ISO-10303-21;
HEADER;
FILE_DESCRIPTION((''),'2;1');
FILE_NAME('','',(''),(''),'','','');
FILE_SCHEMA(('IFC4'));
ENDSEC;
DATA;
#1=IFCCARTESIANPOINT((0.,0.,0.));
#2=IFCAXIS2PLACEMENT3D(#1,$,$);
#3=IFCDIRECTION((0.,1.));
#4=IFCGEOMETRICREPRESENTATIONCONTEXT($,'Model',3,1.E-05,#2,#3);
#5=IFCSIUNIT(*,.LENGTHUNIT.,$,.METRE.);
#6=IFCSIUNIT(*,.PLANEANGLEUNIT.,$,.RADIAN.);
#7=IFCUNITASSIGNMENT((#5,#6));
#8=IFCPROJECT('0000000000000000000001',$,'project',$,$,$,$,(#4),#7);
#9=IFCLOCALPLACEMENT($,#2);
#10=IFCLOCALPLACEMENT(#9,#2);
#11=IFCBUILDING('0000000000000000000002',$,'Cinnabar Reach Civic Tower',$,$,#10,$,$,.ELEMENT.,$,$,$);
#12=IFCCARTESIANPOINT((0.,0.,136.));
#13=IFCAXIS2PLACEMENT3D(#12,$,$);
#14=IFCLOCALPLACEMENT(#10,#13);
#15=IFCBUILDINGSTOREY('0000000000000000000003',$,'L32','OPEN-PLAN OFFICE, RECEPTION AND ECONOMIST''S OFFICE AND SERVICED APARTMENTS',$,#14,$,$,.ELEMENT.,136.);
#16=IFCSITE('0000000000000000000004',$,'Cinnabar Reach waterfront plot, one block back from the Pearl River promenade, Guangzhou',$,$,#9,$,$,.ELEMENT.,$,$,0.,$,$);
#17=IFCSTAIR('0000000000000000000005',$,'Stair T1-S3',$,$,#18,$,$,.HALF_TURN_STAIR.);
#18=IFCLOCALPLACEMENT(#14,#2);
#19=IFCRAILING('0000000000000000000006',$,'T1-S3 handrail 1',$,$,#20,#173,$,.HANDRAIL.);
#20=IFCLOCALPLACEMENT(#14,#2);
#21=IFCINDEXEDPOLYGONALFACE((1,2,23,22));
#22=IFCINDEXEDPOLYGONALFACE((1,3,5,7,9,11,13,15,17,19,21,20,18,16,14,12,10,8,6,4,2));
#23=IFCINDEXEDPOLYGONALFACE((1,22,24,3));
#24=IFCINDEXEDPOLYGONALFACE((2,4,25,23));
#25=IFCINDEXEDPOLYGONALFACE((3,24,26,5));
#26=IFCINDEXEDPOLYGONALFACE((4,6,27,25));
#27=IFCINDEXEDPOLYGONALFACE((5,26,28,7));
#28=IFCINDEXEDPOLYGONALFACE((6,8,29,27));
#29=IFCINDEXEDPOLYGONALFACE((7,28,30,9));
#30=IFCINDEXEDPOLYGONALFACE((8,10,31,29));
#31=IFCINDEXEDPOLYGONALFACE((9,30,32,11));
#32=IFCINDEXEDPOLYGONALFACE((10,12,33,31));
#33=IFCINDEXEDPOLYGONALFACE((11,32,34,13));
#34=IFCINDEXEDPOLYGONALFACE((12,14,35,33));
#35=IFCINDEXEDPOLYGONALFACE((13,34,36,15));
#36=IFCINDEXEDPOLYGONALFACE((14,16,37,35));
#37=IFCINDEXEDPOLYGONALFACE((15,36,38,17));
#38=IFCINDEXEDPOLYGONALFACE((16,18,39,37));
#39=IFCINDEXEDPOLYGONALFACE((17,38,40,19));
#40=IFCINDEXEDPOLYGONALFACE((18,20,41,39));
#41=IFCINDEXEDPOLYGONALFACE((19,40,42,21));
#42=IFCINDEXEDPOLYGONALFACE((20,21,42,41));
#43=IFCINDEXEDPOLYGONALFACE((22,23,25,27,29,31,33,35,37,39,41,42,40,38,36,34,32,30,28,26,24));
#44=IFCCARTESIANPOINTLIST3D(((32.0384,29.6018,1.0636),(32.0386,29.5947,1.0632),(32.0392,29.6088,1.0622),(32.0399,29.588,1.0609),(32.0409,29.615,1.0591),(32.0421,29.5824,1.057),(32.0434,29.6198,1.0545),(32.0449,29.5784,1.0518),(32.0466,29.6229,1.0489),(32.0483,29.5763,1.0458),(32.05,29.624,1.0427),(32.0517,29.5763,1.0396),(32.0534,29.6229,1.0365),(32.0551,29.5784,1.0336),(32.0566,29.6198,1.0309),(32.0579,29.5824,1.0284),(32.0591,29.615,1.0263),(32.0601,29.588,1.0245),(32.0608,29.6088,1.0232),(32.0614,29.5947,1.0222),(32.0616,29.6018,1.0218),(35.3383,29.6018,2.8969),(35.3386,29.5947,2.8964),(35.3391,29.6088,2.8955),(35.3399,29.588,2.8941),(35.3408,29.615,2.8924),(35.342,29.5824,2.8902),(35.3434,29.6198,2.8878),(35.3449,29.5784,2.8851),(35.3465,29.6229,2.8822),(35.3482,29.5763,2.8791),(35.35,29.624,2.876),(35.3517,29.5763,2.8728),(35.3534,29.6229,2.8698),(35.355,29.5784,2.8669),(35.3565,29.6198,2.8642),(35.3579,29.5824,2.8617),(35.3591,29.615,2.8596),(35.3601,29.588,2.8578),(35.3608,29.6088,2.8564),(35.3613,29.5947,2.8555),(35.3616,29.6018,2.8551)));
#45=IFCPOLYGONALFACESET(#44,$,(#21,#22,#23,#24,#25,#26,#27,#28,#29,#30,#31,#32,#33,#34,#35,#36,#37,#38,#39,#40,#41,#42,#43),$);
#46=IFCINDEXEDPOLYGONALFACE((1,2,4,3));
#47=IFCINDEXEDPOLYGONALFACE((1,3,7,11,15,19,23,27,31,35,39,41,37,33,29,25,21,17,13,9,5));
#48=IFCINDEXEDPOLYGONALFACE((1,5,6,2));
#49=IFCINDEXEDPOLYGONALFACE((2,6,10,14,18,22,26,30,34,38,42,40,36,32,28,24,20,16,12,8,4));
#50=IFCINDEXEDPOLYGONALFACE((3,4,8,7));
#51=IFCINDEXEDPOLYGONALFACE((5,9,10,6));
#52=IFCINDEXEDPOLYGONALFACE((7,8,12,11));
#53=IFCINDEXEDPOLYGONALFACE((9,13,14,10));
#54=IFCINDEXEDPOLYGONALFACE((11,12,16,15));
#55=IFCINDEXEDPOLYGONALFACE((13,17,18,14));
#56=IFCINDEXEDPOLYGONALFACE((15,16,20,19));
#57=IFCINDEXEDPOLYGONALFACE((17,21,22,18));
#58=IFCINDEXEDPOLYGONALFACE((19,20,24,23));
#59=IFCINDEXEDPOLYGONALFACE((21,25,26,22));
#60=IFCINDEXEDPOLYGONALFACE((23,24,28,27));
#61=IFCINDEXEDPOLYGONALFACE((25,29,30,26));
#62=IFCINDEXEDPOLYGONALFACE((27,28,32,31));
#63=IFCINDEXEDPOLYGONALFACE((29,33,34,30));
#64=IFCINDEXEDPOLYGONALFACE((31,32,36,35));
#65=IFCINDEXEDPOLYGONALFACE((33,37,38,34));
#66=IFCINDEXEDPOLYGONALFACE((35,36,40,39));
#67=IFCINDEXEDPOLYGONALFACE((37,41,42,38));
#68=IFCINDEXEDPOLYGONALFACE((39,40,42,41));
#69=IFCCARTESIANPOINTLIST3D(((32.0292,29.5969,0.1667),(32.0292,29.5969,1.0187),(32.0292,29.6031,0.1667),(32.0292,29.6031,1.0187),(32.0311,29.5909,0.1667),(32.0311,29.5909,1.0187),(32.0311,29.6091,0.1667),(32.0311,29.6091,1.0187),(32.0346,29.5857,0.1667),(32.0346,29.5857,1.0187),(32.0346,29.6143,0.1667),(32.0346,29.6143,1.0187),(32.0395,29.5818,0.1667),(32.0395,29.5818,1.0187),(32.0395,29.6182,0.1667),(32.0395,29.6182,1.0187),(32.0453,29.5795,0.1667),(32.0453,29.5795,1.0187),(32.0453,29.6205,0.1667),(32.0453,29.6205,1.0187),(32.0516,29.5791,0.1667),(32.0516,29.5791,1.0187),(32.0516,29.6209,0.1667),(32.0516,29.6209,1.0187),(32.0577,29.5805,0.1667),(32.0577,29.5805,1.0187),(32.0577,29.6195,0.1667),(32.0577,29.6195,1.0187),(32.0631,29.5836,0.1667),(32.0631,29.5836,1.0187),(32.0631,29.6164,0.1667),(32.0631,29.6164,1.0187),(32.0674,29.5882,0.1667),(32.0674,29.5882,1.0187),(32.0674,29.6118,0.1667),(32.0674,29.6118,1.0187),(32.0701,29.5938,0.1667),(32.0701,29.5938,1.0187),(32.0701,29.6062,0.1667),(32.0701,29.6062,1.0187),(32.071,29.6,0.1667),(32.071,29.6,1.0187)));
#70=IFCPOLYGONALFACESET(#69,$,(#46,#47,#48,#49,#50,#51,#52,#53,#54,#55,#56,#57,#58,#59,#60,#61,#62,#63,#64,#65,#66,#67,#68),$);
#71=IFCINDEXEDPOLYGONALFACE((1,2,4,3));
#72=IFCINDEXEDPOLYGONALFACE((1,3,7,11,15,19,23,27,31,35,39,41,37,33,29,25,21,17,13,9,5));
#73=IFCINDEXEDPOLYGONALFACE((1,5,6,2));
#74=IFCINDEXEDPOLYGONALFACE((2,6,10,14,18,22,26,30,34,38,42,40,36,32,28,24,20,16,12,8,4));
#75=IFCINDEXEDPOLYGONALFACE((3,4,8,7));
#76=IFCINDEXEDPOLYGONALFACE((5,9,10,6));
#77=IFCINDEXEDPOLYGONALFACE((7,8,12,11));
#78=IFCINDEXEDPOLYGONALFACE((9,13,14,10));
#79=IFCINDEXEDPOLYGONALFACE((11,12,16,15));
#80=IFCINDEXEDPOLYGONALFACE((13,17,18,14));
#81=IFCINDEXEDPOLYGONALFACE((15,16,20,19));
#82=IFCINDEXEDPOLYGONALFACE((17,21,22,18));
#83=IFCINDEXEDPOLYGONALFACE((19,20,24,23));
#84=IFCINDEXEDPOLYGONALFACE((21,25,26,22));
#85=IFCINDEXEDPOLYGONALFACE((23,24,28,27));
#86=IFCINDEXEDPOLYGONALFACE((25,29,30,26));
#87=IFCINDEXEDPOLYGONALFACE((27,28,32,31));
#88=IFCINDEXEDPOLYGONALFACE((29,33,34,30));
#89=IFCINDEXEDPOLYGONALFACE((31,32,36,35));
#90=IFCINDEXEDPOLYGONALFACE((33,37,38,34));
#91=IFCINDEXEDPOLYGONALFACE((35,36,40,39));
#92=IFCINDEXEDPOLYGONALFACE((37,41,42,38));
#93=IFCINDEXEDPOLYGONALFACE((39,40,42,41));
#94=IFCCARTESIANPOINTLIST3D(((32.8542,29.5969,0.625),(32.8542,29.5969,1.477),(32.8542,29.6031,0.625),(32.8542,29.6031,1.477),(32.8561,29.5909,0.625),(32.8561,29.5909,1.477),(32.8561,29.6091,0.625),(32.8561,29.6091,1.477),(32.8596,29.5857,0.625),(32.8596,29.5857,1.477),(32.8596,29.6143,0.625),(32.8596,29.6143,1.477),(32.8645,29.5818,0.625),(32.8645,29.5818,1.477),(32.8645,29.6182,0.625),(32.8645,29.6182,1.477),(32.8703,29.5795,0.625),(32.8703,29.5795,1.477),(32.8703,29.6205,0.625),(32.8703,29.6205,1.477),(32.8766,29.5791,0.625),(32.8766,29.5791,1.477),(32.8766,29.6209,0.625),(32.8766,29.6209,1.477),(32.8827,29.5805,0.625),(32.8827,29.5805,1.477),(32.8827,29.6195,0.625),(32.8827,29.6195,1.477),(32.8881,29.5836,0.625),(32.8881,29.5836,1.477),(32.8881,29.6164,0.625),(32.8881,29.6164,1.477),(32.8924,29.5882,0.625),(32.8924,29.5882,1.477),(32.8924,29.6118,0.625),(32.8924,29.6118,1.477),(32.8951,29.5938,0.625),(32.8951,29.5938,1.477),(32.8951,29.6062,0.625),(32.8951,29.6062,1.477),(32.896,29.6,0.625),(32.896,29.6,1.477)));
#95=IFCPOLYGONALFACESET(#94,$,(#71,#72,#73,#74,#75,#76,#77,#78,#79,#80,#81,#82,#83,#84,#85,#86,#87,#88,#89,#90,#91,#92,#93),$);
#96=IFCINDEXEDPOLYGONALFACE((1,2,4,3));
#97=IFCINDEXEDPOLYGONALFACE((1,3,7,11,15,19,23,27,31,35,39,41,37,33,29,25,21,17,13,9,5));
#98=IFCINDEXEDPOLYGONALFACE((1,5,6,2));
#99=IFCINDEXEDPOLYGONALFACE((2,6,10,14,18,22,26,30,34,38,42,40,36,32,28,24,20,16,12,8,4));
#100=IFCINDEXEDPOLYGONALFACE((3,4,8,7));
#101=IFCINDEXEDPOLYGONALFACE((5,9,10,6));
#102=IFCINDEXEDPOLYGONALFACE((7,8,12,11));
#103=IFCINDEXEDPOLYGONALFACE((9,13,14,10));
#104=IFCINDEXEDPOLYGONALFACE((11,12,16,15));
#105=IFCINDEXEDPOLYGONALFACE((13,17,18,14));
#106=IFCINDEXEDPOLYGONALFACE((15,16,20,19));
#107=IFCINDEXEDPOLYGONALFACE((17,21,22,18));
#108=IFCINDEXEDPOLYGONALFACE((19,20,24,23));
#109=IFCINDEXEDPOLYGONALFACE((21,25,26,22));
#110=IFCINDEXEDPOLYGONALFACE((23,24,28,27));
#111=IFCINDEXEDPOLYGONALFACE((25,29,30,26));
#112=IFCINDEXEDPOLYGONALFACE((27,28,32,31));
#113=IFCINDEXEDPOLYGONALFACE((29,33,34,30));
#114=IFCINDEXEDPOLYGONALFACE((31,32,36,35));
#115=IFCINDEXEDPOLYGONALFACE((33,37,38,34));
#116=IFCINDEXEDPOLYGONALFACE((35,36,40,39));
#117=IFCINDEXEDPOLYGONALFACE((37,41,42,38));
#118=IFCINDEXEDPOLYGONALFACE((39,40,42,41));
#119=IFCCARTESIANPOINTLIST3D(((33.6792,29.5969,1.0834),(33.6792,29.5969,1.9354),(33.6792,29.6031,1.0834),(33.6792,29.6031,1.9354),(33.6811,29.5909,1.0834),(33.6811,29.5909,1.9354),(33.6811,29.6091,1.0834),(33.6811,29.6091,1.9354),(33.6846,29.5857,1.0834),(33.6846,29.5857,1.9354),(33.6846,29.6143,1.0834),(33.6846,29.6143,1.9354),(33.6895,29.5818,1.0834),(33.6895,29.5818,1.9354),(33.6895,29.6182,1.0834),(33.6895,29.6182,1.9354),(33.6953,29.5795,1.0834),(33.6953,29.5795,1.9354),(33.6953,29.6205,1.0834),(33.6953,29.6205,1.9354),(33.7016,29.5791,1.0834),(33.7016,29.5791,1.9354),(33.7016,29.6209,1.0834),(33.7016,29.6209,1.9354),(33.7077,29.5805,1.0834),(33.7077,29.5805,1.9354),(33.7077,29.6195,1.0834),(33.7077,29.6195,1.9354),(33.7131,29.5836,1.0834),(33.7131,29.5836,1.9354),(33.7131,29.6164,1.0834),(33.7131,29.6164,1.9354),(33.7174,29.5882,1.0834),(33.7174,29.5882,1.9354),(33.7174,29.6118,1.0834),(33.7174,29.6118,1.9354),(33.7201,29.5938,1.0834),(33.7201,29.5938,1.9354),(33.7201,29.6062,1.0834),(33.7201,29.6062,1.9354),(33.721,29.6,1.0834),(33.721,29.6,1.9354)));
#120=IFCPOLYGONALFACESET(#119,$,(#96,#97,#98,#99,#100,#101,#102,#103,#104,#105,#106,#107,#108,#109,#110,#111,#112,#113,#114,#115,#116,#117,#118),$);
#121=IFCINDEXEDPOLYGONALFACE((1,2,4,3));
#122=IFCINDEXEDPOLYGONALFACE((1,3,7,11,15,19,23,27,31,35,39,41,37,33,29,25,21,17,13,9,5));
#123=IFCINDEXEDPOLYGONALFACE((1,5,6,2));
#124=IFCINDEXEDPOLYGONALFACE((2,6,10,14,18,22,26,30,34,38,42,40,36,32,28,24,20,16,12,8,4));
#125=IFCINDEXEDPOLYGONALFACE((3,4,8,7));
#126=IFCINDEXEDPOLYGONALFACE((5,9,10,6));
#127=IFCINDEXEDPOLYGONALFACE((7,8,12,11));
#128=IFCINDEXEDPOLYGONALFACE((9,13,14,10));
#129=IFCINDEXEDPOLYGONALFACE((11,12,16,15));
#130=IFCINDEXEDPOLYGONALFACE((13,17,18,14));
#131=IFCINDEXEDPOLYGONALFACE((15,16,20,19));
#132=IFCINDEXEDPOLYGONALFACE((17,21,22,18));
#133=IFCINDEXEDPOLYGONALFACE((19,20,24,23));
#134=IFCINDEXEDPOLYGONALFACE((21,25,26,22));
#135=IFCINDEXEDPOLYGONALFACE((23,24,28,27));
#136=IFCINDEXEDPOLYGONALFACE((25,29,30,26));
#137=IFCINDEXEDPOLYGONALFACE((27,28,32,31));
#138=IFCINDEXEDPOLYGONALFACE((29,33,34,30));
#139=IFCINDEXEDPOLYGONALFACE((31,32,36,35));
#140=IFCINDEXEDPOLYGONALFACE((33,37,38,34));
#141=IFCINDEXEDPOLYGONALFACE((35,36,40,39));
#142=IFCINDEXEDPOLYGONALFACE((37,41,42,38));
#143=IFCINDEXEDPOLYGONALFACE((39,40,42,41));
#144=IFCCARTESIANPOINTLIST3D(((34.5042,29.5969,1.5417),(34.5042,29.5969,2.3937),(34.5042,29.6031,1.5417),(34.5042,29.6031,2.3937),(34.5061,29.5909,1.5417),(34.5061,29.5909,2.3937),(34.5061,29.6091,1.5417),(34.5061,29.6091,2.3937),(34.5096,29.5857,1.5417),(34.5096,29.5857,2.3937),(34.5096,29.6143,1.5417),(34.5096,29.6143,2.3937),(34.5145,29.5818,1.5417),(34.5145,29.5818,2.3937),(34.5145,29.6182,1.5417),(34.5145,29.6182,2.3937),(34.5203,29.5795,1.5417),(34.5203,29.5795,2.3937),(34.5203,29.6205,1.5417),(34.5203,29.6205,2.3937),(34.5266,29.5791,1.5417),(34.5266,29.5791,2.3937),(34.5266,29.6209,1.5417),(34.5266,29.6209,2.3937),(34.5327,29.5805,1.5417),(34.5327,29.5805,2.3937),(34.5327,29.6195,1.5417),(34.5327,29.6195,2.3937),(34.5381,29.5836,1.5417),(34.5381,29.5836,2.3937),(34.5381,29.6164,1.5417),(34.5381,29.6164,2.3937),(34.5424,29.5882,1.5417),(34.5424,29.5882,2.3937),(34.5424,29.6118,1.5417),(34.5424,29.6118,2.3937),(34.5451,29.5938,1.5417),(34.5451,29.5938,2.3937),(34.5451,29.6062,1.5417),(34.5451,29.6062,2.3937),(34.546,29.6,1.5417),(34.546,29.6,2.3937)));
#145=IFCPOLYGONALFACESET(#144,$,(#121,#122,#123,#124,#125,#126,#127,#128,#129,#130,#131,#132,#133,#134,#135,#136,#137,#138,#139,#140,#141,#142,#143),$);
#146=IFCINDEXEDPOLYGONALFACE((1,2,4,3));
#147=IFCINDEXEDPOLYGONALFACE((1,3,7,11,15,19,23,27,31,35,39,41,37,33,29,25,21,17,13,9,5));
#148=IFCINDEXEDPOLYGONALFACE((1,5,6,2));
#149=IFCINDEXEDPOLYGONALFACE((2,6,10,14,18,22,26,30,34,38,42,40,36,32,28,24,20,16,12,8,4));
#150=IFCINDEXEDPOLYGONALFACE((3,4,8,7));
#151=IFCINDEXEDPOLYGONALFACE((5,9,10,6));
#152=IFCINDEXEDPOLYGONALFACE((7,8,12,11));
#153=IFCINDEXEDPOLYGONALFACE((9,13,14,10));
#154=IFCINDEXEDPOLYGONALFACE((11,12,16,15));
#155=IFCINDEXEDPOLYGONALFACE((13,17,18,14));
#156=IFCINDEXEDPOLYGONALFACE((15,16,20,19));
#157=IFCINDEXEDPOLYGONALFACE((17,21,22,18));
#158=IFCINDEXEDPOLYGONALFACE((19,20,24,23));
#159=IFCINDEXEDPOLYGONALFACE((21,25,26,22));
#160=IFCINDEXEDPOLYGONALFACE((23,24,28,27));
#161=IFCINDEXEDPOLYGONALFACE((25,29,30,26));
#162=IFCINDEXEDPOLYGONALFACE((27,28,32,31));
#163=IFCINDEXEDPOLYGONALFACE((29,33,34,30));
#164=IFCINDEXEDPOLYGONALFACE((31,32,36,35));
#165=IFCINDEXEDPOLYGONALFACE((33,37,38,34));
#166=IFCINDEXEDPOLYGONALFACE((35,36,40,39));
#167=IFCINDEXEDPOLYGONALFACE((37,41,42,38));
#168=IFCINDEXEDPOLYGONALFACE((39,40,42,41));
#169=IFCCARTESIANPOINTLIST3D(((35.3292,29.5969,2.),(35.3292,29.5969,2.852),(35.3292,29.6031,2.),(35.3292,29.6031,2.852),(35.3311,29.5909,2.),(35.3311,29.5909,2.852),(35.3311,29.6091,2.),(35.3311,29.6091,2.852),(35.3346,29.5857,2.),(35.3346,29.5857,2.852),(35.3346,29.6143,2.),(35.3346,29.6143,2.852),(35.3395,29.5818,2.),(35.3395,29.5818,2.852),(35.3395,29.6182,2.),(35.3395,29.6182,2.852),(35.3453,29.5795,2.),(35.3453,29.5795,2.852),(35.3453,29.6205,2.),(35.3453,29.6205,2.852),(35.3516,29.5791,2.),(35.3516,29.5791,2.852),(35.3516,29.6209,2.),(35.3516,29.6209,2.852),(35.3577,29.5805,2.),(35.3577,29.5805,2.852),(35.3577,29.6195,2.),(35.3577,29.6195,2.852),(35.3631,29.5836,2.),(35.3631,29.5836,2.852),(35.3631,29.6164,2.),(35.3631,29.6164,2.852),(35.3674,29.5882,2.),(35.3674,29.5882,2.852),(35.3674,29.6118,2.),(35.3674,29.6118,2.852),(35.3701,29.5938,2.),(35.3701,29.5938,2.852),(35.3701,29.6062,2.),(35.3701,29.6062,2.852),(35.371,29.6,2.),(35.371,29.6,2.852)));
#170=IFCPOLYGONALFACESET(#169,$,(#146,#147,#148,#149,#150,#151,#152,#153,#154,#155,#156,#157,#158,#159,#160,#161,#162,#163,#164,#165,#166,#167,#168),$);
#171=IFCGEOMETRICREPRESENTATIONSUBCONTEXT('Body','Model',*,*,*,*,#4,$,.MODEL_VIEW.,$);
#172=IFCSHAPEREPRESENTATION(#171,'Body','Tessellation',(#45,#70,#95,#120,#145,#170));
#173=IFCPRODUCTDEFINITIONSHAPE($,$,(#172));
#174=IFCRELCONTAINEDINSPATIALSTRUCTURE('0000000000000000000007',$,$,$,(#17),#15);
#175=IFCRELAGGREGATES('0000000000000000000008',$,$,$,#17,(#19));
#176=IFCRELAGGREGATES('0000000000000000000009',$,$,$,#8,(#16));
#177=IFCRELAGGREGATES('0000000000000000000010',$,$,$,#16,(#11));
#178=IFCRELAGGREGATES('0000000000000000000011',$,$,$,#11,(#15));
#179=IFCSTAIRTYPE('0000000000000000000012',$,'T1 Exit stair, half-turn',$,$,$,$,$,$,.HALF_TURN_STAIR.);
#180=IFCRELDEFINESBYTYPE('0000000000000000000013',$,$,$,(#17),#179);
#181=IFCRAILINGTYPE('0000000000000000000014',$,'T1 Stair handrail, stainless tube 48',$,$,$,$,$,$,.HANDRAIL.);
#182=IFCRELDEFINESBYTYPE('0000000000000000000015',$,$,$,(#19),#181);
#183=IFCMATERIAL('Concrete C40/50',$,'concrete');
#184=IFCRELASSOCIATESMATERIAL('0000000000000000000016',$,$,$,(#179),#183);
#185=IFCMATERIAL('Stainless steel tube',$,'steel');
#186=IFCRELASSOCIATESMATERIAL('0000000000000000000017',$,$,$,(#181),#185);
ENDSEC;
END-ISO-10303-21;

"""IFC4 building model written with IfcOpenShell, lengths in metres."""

from ifc_helpers import new_model, si_unit, direction, frame, origin, origin_2d, place, context, subcontext, project, spatial, circle, extrude, material, type_object, element, aggregate, save


model = new_model("IFC4")

# Units and contexts
model_context = context("Model", 3, precision=1e-05, world=origin(), true_north=direction((0.0, 1.0)))
body_context = subcontext(model_context, "Body", "Model", "MODEL_VIEW")
ifc_project = project(units=[si_unit("LENGTHUNIT", "METRE"), si_unit("PLANEANGLEUNIT", "RADIAN")], contexts=[model_context])

# Site, building, storey
site_placement = place(None, origin())
site = spatial("IfcSite", under=ifc_project, at=site_placement, Name="Cinnabar Reach waterfront plot, one block back from the Pearl River promenade, Guangzhou", CompositionType="ELEMENT", RefElevation=0.0)
building_placement = place(site_placement, origin())
building = spatial("IfcBuilding", under=site, at=building_placement, Name="Cinnabar Reach Civic Tower", CompositionType="ELEMENT")
storey_placement = place(building_placement, frame((0.0, 0.0, 136.0)))
storey = spatial("IfcBuildingStorey", under=building, at=storey_placement, Name="L32", Description="OPEN-PLAN OFFICE, RECEPTION AND ECONOMIST'S OFFICE AND SERVICED APARTMENTS", CompositionType="ELEMENT", Elevation=136.0)

# Stair, railing
ifc_material_1 = material(Name="Concrete C40/50", Category="concrete")
stair_type = type_object("IfcStairType", Name="T1 Exit stair, half-turn", PredefinedType="HALF_TURN_STAIR", material=ifc_material_1)
stair_placement = place(storey_placement, origin())
stair = element("IfcStair", 1, at=stair_placement, inside=storey, type_object=stair_type, Name="Stair T1-S3", PredefinedType="HALF_TURN_STAIR")
ifc_material_2 = material(Name="Stainless steel tube", Category="steel")
railing_type = type_object("IfcRailingType", Name="T1 Stair handrail, stainless tube 48", PredefinedType="HANDRAIL", material=ifc_material_2)
railing_1_placement = place(storey_placement, frame((32.05, 29.6, 0.1667)))
railing_1 = element("IfcRailing", 2, at=railing_1_placement, type_object=railing_type, Name="T1-S3 handrail 1", PredefinedType="HANDRAIL", context=body_context, shape_type="SweptSolid", body=[
    extrude(circle(Radius=0.024, at=origin_2d()), frame((0.0, 0.0, 0.876), z_axis=(0.874161, 0.0, 0.485636), x_axis=(0.0, 1.0, 0.0)), (0.0, 0.0, 1.0), 3.775),
    extrude(circle(Radius=0.021, at=origin_2d()), origin(), (0.0, 0.0, 1.0), 0.852),
    extrude(circle(Radius=0.021, at=origin_2d()), frame((0.825, 0.0, 0.4583)), (0.0, 0.0, 1.0), 0.852),
    extrude(circle(Radius=0.021, at=origin_2d()), frame((1.65, 0.0, 0.9167)), (0.0, 0.0, 1.0), 0.852),
    extrude(circle(Radius=0.021, at=origin_2d()), frame((2.475, 0.0, 1.375)), (0.0, 0.0, 1.0), 0.852),
    extrude(circle(Radius=0.021, at=origin_2d()), frame((3.3, 0.0, 1.8333)), (0.0, 0.0, 1.0), 0.852),
])
aggregate(stair, [railing_1])

save(model, "model.ifc")
